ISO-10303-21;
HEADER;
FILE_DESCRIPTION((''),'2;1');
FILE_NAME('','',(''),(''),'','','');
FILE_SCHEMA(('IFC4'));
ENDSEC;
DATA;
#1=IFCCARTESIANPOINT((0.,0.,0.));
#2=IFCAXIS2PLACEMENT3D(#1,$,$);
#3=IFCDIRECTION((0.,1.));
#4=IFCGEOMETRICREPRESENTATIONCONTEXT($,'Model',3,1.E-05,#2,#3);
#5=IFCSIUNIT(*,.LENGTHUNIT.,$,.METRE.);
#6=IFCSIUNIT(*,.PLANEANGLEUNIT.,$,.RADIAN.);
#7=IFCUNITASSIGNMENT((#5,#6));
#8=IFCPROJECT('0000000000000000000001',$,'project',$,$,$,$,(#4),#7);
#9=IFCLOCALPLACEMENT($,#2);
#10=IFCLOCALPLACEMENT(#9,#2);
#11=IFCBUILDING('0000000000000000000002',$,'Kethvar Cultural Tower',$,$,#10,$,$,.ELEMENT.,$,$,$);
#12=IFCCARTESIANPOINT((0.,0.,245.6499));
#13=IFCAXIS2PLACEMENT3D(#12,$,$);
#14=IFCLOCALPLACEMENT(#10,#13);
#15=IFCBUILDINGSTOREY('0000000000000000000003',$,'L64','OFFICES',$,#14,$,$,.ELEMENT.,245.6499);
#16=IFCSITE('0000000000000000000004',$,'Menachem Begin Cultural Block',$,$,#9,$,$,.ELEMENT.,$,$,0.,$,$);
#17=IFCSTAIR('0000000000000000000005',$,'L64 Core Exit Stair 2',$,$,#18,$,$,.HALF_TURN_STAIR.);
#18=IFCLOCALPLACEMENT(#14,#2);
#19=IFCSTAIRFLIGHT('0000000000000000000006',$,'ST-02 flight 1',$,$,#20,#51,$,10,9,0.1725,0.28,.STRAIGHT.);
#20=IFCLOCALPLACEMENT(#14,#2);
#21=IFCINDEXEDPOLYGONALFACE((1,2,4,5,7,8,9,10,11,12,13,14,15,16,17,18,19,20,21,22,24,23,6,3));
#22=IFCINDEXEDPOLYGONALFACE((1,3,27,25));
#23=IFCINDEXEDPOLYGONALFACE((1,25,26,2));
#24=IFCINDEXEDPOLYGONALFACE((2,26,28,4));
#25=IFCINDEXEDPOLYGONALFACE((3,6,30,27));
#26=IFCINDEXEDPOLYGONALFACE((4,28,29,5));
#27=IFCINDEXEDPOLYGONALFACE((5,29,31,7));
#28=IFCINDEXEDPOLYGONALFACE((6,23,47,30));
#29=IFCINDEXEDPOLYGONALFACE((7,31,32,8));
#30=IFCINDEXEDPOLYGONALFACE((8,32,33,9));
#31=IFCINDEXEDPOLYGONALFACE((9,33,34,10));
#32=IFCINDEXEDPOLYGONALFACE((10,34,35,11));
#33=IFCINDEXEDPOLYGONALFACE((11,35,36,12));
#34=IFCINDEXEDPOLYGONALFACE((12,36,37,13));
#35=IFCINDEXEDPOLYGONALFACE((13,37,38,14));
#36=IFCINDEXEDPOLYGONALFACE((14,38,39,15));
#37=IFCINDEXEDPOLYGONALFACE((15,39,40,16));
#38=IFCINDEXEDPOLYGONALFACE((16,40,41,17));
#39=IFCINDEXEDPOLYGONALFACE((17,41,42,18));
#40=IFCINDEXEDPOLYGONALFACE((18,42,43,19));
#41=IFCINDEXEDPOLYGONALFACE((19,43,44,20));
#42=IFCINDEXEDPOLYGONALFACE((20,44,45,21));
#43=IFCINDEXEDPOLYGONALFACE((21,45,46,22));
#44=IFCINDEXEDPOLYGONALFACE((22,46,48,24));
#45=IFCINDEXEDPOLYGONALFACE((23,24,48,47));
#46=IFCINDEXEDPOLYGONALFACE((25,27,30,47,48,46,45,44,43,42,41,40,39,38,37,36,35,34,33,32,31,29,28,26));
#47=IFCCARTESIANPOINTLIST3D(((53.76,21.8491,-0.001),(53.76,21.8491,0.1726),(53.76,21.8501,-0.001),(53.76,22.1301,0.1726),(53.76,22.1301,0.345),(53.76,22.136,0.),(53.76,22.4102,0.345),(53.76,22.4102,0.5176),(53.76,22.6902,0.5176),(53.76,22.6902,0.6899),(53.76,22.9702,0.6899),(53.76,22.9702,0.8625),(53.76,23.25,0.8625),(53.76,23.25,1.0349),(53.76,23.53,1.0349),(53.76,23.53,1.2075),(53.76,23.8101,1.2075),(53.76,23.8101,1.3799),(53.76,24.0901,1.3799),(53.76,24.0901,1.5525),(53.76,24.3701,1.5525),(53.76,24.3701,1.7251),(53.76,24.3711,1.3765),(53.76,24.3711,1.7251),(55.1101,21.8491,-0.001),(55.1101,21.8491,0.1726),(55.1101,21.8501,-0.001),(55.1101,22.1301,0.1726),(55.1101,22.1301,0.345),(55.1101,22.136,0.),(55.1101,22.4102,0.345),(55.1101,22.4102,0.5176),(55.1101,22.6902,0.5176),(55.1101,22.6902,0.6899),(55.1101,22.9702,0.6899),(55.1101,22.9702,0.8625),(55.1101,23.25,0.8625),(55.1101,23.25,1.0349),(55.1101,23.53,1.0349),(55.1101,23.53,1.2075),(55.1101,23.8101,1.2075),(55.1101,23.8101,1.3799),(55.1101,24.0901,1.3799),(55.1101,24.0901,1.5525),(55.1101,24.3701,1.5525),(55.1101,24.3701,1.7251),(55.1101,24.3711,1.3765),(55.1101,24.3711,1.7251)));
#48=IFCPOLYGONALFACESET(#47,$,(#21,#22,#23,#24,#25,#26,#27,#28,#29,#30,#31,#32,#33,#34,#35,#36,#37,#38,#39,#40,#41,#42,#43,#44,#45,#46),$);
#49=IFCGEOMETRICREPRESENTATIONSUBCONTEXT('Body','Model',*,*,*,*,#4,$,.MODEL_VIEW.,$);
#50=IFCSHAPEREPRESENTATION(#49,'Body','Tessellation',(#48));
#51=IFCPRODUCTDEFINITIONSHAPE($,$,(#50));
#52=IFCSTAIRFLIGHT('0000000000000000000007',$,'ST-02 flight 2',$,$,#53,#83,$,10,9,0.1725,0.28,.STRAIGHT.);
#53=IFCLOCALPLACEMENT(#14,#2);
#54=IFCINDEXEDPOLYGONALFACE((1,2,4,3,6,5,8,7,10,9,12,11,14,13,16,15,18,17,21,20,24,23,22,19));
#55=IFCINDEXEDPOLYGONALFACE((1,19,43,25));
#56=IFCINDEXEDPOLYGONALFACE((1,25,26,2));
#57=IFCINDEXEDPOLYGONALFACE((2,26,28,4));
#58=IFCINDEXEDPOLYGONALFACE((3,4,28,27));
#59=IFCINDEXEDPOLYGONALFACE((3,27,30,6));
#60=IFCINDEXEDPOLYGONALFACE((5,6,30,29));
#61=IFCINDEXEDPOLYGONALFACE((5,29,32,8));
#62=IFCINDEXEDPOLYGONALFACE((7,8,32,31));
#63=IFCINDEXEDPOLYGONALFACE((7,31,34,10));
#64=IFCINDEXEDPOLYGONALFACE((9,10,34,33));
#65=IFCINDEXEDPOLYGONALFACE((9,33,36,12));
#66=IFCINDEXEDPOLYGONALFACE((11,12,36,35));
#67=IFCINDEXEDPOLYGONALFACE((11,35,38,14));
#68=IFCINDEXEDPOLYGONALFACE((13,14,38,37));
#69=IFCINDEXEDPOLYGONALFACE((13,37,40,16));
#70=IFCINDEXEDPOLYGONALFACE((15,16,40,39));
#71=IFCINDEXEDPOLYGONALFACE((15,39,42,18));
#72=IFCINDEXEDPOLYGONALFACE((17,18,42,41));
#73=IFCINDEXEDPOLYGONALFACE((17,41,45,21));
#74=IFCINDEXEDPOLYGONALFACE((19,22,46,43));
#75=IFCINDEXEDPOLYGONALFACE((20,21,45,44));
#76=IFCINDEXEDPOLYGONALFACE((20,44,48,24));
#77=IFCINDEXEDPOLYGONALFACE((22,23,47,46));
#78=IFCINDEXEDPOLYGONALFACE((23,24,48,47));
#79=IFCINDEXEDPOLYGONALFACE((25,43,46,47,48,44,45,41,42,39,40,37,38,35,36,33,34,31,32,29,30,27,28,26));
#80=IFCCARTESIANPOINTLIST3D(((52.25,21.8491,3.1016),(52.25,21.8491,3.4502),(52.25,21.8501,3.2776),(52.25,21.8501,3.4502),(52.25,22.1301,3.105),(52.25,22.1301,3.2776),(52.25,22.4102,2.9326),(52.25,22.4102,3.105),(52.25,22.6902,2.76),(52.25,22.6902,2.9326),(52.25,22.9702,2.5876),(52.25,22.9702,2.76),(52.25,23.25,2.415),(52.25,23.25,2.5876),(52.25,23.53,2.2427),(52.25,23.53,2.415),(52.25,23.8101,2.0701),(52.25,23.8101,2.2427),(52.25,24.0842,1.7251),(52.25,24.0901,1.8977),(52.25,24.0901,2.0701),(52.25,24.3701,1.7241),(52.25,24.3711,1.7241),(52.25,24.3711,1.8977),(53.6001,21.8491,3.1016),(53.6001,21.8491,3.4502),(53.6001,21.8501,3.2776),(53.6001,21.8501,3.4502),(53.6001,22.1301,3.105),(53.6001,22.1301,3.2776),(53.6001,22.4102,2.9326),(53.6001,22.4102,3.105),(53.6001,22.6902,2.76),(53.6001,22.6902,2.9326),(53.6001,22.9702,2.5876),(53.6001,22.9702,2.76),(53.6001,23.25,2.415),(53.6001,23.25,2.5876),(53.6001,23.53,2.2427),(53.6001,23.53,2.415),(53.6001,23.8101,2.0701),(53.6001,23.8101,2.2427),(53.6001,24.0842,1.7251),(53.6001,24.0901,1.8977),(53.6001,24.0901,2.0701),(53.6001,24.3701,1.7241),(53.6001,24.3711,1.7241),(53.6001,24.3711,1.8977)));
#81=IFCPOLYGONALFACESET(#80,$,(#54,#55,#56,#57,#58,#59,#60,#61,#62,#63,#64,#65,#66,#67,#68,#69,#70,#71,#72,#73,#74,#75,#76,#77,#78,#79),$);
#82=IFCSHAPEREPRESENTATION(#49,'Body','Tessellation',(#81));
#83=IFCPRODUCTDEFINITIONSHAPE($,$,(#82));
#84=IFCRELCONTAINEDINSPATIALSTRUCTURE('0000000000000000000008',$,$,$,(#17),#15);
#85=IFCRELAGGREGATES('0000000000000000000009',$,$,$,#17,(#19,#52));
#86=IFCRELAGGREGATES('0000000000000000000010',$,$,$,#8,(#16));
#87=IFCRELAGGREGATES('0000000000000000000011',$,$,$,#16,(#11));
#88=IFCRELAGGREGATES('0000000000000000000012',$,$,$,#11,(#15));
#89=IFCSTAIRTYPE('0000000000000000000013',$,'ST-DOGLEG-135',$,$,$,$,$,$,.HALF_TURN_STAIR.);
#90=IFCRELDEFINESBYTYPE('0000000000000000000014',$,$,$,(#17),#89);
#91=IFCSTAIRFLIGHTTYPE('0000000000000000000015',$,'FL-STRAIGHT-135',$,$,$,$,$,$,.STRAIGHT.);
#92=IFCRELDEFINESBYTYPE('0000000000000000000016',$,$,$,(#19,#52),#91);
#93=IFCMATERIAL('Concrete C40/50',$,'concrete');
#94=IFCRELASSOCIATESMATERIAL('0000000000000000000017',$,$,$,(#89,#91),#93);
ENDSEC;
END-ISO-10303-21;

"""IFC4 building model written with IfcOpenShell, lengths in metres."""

from ifc_helpers import new_model, si_unit, direction, frame, origin, place, context, subcontext, project, spatial, polyline, outline, extrude, material, type_object, element, aggregate, save


model = new_model("IFC4")

# Units and contexts
model_context = context("Model", 3, precision=1e-05, world=origin(), true_north=direction((0.0, 1.0)))
body_context = subcontext(model_context, "Body", "Model", "MODEL_VIEW")
ifc_project = project(units=[si_unit("LENGTHUNIT", "METRE"), si_unit("PLANEANGLEUNIT", "RADIAN")], contexts=[model_context])

# Site, building, storey
site_placement = place(None, origin())
site = spatial("IfcSite", under=ifc_project, at=site_placement, Name="Menachem Begin Cultural Block", CompositionType="ELEMENT", RefElevation=0.0)
building_placement = place(site_placement, origin())
building = spatial("IfcBuilding", under=site, at=building_placement, Name="Kethvar Cultural Tower", CompositionType="ELEMENT")
storey_placement = place(building_placement, frame((0.0, 0.0, 245.6499)))
storey = spatial("IfcBuildingStorey", under=building, at=storey_placement, Name="L64", Description="OFFICES", CompositionType="ELEMENT", Elevation=245.6499)

# Stair, stair flights
ifc_material_1 = material(Name="Concrete C40/50", Category="concrete")
stair_type = type_object("IfcStairType", Name="ST-DOGLEG-135", PredefinedType="HALF_TURN_STAIR", material=ifc_material_1)
stair_placement = place(storey_placement, origin())
stair = element("IfcStair", 1, at=stair_placement, inside=storey, type_object=stair_type, Name="L64 Core Exit Stair 2", PredefinedType="HALF_TURN_STAIR")
stair_flight_type = type_object("IfcStairFlightType", Name="FL-STRAIGHT-135", PredefinedType="STRAIGHT", material=ifc_material_1)
stair_flight_1_placement = place(storey_placement, frame((54.4351, 21.8501, 0.0), z_axis=(0.0, 0.0, 1.0), x_axis=(0.0, 1.0, 0.0)))
stair_flight_1 = element("IfcStairFlight", 2, at=stair_flight_1_placement, type_object=stair_flight_type, Name="ST-02 flight 1", NumberOfRisers=10, NumberOfTreads=9, PredefinedType="STRAIGHT", RiserHeight=0.1725, TreadLength=0.28, context=body_context, shape_type="SweptSolid", body=[
    extrude(outline(polyline([(-0.001, -0.001), (-0.001, 0.1726), (0.28, 0.1726), (0.28, 0.345), (0.5601, 0.345), (0.5601, 0.5176), (0.8401, 0.5176), (0.8401, 0.6899), (1.1201, 0.6899), (1.1201, 0.8625), (1.3999, 0.8625), (1.3999, 1.0349), (1.6799, 1.0349), (1.6799, 1.2075), (1.96, 1.2075), (1.96, 1.3799), (2.24, 1.3799), (2.24, 1.5525), (2.52, 1.5525), (2.52, 1.7251), (2.521, 1.7251), (2.521, 1.3765), (0.2859, 0.0), (0.0, -0.001), (-0.001, -0.001)])), frame((0.0, 0.675, 0.0), z_axis=(0.0, -1.0, 0.0), x_axis=(1.0, 0.0, 0.0)), (0.0, 0.0, 1.0), 1.3501),
])
stair_flight_2_placement = place(storey_placement, frame((52.925, 24.3701, 1.7251), z_axis=(0.0, 0.0, 1.0), x_axis=(0.0, -1.0, 0.0)))
stair_flight_2 = element("IfcStairFlight", 3, at=stair_flight_2_placement, type_object=stair_flight_type, Name="ST-02 flight 2", NumberOfRisers=10, NumberOfTreads=9, PredefinedType="STRAIGHT", RiserHeight=0.1725, TreadLength=0.28, context=body_context, shape_type="SweptSolid", body=[
    extrude(outline(polyline([(-0.001, -0.001), (-0.001, 0.1726), (0.28, 0.1726), (0.28, 0.345), (0.5601, 0.345), (0.5601, 0.5176), (0.8401, 0.5176), (0.8401, 0.6899), (1.1201, 0.6899), (1.1201, 0.8625), (1.3999, 0.8625), (1.3999, 1.0349), (1.6799, 1.0349), (1.6799, 1.2075), (1.96, 1.2075), (1.96, 1.3799), (2.24, 1.3799), (2.24, 1.5525), (2.52, 1.5525), (2.52, 1.7251), (2.521, 1.7251), (2.521, 1.3765), (0.2859, 0.0), (0.0, -0.001), (-0.001, -0.001)])), frame((0.0, 0.675, 0.0), z_axis=(0.0, -1.0, 0.0), x_axis=(1.0, 0.0, 0.0)), (0.0, 0.0, 1.0), 1.3501),
])
aggregate(stair, [stair_flight_1, stair_flight_2])

save(model, "model.ifc")
